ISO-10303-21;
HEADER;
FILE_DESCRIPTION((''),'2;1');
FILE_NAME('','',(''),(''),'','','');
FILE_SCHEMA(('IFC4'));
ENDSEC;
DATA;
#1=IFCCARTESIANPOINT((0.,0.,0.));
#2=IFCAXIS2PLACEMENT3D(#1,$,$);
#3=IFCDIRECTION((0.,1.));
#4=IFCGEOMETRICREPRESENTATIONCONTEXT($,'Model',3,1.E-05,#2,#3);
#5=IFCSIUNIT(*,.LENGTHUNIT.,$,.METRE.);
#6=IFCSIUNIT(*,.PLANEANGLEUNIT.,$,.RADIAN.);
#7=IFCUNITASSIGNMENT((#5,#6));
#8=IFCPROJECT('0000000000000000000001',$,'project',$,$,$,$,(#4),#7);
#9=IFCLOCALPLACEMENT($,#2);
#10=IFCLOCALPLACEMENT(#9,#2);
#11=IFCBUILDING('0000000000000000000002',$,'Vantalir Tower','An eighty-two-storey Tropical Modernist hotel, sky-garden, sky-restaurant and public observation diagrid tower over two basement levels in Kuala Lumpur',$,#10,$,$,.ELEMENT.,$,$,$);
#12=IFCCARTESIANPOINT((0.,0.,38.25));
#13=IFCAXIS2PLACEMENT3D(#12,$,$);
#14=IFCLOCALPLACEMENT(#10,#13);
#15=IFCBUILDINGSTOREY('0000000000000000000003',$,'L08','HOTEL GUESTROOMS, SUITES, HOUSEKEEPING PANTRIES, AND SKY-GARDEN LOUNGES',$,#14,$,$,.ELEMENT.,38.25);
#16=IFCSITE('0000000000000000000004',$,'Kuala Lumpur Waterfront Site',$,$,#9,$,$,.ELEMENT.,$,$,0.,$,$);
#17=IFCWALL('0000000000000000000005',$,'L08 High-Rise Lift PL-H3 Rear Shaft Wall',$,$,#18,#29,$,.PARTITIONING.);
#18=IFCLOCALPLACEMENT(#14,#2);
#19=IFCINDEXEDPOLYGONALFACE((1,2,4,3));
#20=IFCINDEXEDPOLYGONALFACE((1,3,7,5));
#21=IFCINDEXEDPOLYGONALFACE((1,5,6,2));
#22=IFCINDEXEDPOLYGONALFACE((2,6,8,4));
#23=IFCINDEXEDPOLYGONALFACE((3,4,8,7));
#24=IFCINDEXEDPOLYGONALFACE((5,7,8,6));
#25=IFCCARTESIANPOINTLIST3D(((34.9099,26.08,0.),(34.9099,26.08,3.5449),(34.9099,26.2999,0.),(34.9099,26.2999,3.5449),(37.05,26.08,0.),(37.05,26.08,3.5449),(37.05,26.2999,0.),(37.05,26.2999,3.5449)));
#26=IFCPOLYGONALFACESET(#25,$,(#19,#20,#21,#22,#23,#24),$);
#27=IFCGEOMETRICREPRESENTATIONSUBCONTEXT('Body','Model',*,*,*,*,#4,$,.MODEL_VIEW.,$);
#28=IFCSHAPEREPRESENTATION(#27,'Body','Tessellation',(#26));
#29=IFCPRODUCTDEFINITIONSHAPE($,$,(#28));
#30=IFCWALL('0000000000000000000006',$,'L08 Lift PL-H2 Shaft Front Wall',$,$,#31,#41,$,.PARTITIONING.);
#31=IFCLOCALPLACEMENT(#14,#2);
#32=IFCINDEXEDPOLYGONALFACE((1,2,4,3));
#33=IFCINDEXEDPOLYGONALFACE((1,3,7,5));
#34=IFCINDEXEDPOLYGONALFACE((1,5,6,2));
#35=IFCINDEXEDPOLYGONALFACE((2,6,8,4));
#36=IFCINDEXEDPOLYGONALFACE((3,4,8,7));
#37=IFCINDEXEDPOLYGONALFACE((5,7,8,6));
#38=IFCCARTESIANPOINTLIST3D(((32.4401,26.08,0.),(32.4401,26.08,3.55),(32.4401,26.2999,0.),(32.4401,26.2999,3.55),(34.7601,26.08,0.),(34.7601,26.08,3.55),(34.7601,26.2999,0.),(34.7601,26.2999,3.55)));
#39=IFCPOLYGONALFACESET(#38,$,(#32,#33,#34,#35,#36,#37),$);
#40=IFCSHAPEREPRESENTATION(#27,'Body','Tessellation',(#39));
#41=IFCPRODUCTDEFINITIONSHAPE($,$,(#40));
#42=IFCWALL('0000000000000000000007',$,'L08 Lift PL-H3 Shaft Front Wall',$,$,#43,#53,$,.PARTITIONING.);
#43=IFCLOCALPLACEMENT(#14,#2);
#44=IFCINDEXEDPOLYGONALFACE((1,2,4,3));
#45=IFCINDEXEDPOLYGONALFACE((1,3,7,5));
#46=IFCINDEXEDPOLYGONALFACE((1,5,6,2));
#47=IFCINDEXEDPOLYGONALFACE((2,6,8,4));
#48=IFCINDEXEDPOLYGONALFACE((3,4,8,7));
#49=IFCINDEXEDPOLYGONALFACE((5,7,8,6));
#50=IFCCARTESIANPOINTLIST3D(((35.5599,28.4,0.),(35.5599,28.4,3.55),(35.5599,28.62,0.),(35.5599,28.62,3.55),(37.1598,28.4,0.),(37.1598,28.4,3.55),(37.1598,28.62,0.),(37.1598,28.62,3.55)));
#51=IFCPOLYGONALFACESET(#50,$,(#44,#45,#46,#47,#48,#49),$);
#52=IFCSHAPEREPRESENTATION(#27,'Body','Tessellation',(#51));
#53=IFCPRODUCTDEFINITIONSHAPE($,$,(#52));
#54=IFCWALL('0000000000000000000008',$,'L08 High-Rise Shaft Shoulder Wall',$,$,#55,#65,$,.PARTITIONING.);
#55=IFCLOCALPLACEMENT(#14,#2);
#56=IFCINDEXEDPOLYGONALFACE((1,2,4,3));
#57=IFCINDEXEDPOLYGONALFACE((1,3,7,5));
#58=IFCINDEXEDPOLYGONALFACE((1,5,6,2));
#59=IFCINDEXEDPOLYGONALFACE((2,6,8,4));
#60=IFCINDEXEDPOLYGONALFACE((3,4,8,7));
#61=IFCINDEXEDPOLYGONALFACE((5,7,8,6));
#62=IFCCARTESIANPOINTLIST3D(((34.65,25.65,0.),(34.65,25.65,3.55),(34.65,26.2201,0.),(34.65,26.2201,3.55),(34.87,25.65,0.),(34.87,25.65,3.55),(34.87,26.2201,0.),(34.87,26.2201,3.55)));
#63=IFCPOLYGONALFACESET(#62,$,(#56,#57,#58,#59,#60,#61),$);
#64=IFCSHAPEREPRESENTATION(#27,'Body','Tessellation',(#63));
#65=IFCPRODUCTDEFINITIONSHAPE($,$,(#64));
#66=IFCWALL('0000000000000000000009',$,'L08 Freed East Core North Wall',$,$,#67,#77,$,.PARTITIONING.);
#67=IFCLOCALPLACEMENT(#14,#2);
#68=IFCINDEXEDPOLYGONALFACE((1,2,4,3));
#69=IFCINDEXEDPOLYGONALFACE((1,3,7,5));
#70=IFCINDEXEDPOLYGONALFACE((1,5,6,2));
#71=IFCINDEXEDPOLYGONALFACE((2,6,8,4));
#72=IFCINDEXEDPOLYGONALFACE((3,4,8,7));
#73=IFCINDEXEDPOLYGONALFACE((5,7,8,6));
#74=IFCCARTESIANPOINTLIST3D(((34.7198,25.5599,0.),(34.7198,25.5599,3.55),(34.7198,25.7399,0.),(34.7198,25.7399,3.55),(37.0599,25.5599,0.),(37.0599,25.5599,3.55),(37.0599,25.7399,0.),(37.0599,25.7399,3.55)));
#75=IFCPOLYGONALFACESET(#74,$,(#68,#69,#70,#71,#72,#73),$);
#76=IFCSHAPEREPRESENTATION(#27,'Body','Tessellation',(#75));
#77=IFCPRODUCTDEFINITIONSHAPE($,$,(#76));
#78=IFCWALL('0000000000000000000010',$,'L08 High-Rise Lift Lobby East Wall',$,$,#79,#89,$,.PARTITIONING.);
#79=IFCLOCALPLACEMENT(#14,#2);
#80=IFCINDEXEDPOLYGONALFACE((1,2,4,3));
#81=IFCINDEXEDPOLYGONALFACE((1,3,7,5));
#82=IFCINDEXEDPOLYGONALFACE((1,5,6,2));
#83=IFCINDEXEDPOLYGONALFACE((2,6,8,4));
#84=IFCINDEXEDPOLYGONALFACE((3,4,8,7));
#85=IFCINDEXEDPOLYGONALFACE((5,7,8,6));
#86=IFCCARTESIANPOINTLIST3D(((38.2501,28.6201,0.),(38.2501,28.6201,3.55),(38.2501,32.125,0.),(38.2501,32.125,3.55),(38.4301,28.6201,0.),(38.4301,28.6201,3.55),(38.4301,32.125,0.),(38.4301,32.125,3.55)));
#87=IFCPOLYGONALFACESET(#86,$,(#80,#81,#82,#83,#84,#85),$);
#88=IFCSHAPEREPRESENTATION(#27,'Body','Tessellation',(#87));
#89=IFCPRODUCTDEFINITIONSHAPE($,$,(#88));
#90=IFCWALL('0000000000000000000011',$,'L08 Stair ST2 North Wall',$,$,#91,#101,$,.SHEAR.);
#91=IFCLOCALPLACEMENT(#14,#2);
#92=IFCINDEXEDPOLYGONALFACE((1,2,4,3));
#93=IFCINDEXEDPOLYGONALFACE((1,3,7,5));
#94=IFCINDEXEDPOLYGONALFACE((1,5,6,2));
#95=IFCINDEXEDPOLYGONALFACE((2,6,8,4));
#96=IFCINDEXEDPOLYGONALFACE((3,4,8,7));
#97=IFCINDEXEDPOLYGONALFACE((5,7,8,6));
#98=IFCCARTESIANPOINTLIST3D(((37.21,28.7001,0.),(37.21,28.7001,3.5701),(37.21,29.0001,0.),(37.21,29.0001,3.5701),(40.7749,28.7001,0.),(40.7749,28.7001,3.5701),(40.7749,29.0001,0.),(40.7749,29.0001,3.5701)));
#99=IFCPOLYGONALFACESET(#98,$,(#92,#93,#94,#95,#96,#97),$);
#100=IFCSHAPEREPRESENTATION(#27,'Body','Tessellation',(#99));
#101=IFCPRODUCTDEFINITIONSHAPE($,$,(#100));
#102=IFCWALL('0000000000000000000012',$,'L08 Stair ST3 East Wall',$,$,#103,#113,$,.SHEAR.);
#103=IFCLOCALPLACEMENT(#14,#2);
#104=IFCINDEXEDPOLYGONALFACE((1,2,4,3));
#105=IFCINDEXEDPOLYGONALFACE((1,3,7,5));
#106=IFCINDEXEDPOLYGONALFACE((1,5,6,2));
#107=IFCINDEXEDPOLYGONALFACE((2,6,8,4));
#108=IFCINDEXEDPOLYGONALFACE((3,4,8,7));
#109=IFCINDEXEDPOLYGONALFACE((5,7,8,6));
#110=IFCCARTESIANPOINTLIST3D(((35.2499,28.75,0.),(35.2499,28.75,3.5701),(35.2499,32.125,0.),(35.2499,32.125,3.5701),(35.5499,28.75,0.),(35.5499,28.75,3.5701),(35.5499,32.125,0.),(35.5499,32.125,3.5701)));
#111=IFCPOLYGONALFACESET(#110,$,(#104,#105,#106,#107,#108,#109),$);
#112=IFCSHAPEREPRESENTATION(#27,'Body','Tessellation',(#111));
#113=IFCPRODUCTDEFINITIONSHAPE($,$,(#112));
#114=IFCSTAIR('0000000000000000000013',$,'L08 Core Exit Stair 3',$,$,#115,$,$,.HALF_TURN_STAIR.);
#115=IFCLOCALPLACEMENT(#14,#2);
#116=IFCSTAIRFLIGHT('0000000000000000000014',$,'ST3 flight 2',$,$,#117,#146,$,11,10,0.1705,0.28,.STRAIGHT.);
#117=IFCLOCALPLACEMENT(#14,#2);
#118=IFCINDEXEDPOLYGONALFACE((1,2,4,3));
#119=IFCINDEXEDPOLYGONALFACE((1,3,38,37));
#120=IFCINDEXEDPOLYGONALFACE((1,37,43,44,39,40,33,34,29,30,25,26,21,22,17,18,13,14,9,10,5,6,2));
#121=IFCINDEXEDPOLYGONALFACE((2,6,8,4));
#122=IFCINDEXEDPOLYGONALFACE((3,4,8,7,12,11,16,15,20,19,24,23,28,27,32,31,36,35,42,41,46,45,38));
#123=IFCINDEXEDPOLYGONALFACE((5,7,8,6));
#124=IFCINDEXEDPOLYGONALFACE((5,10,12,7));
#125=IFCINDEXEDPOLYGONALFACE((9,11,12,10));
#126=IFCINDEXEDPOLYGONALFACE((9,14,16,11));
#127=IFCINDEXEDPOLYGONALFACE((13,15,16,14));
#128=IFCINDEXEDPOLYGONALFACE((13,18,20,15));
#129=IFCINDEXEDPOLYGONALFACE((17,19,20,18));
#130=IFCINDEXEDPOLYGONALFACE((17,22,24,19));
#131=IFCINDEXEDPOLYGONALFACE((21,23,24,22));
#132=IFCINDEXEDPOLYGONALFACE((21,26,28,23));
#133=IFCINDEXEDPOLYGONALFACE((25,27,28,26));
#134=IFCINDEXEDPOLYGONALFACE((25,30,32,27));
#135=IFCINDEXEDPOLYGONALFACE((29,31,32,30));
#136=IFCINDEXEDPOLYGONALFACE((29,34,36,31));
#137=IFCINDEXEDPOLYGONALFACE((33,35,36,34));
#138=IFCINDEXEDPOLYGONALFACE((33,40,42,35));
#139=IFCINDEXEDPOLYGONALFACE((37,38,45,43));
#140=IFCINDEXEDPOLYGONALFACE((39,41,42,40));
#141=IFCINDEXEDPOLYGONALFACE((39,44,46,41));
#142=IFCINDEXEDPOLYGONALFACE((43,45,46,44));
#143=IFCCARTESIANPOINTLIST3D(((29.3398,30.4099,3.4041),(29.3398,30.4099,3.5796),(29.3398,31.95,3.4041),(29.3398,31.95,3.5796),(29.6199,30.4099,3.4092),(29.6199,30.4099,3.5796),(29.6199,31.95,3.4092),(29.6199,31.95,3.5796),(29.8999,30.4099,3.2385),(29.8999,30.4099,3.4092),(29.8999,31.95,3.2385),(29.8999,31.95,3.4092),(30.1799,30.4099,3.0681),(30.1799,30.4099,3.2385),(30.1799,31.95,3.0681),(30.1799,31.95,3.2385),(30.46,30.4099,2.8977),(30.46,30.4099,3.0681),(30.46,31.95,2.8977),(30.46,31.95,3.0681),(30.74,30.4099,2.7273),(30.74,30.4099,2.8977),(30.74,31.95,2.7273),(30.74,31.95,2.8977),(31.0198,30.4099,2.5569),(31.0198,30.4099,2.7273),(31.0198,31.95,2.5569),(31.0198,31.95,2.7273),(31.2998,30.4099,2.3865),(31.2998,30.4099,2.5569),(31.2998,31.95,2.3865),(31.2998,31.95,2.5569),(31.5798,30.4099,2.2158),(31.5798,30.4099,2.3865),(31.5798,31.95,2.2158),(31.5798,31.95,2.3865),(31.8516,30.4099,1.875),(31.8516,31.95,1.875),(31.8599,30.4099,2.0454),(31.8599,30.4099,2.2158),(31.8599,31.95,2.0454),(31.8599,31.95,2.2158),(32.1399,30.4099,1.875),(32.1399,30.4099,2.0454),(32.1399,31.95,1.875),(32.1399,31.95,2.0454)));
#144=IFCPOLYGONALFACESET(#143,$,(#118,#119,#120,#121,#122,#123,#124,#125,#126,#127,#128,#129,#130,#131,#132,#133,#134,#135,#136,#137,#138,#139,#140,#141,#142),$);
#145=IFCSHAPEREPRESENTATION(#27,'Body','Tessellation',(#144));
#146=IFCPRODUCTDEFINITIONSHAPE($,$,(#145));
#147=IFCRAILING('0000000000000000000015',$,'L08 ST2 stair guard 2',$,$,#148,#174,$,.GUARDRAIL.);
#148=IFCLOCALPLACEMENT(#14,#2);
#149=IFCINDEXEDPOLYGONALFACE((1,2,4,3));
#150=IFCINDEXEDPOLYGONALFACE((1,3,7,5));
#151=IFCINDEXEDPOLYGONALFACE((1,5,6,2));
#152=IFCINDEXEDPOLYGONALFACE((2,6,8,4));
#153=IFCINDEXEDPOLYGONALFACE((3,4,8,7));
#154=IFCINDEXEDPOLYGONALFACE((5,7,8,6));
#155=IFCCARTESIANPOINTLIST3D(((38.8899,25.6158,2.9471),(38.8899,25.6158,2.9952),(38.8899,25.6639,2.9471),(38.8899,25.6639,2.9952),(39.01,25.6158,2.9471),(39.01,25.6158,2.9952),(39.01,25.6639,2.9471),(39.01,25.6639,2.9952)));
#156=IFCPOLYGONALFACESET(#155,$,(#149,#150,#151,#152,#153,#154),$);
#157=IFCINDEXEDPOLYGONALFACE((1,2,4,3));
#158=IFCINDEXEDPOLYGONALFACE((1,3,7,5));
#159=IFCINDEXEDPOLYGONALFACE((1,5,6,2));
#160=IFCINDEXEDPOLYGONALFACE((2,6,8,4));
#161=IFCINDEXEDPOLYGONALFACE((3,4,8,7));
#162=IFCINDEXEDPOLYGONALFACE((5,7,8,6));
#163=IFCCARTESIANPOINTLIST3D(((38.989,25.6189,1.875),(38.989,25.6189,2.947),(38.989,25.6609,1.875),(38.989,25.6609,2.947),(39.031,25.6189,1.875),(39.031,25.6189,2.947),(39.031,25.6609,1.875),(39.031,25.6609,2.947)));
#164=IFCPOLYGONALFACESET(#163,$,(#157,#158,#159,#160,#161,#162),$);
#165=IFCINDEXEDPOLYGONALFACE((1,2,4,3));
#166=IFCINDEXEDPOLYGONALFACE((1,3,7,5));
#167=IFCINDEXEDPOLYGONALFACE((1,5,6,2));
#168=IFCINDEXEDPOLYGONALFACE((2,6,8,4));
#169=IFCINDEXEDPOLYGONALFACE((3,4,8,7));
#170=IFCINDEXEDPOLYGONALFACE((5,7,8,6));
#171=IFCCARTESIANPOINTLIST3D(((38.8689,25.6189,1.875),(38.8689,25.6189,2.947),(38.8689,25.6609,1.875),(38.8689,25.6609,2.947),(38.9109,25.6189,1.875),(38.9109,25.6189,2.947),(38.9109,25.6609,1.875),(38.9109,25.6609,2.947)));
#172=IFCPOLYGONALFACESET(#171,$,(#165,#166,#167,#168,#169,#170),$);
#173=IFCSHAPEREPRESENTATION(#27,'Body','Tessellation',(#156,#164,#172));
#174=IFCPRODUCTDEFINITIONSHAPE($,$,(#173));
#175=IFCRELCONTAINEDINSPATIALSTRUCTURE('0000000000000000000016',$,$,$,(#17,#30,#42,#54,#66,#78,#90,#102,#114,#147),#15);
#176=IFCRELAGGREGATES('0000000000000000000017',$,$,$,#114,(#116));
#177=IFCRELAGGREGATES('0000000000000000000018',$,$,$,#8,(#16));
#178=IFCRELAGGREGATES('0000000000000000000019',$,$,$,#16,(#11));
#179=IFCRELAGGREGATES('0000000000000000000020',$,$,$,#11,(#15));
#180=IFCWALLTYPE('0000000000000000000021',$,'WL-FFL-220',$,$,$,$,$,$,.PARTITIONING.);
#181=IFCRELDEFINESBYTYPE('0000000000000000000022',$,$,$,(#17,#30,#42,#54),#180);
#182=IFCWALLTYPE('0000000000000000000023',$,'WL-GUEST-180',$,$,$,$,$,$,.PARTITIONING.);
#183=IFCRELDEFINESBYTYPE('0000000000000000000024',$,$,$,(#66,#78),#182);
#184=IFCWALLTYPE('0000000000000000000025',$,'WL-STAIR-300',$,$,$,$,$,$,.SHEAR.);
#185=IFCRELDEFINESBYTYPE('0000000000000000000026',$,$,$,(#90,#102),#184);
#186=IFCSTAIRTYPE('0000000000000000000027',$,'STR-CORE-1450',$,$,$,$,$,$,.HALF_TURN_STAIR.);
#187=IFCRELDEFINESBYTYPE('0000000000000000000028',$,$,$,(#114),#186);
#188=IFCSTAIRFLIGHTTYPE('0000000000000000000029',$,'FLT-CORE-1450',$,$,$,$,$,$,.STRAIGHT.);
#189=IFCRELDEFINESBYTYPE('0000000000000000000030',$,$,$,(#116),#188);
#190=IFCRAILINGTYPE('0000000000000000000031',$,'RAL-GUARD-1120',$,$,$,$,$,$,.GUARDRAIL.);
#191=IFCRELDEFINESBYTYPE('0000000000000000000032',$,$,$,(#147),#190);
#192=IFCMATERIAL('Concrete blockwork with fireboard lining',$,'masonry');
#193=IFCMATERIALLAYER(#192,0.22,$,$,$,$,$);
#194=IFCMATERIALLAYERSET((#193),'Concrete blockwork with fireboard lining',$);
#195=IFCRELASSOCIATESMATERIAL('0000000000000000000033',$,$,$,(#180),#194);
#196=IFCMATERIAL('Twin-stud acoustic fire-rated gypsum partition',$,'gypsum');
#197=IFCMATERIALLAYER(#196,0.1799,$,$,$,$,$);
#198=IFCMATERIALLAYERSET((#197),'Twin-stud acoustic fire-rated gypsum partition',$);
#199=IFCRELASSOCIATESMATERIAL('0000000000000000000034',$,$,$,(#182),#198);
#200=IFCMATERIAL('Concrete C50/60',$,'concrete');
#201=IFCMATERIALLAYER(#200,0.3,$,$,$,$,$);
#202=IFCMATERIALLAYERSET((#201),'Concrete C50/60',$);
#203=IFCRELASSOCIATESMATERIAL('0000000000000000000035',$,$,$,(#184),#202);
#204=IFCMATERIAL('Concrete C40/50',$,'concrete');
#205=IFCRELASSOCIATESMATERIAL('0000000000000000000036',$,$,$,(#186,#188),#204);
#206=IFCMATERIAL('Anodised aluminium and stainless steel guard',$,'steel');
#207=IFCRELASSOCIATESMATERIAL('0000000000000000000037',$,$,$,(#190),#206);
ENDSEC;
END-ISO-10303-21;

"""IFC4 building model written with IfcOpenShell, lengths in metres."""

from ifc_helpers import new_model, si_unit, direction, frame, frame_2d, origin, origin_2d, place, context, subcontext, project, spatial, polyline, rectangle, outline, extrude, material, layer, layer_set, type_object, element, aggregate, save


model = new_model("IFC4")

# Units and contexts
model_context = context("Model", 3, precision=1e-05, world=origin(), true_north=direction((0.0, 1.0)))
body_context = subcontext(model_context, "Body", "Model", "MODEL_VIEW")
ifc_project = project(units=[si_unit("LENGTHUNIT", "METRE"), si_unit("PLANEANGLEUNIT", "RADIAN")], contexts=[model_context])

# Site, building, storey
site_placement = place(None, origin())
site = spatial("IfcSite", under=ifc_project, at=site_placement, Name="Kuala Lumpur Waterfront Site", CompositionType="ELEMENT", RefElevation=0.0)
building_placement = place(site_placement, origin())
building = spatial("IfcBuilding", under=site, at=building_placement, Name="Vantalir Tower", Description="An eighty-two-storey Tropical Modernist hotel, sky-garden, sky-restaurant and public observation diagrid tower over two basement levels in Kuala Lumpur", CompositionType="ELEMENT")
storey_placement = place(building_placement, frame((0.0, 0.0, 38.25)))
storey = spatial("IfcBuildingStorey", under=building, at=storey_placement, Name="L08", Description="HOTEL GUESTROOMS, SUITES, HOUSEKEEPING PANTRIES, AND SKY-GARDEN LOUNGES", CompositionType="ELEMENT", Elevation=38.25)

# Walls
ifc_material_1 = material(Name="Concrete blockwork with fireboard lining", Category="masonry")
ifc_layer_1 = layer(ifc_material_1, 0.22)
ifc_layer_set_1 = layer_set([ifc_layer_1], Name="Concrete blockwork with fireboard lining")
wall_type_1 = type_object("IfcWallType", Name="WL-FFL-220", PredefinedType="PARTITIONING", material=ifc_layer_set_1)
wall_1_placement = place(storey_placement, frame((34.9099, 26.1899, 0.0), z_axis=(0.0, 0.0, 1.0), x_axis=(1.0, 0.0, 0.0)))
element("IfcWall", 1, at=wall_1_placement, inside=storey, type_object=wall_type_1, Name="L08 High-Rise Lift PL-H3 Rear Shaft Wall", PredefinedType="PARTITIONING", context=body_context, shape_type="SweptSolid", body=[
    extrude(rectangle(XDim=2.1401, YDim=0.22, at=frame_2d((1.0701, 0.0))), origin(), (0.0, 0.0, 1.0), 3.5449),
])
wall_2_placement = place(storey_placement, frame((32.4399, 26.1899, 0.0), z_axis=(0.0, 0.0, 1.0), x_axis=(1.0, 0.0, 0.0)))
element("IfcWall", 2, at=wall_2_placement, inside=storey, type_object=wall_type_1, Name="L08 Lift PL-H2 Shaft Front Wall", PredefinedType="PARTITIONING", context=body_context, shape_type="SweptSolid", body=[
    extrude(rectangle(XDim=2.3201, YDim=0.22, at=frame_2d((1.1602, 0.0))), origin(), (0.0, 0.0, 1.0), 3.55),
])
wall_3_placement = place(storey_placement, frame((35.5601, 28.51, 0.0), z_axis=(0.0, 0.0, 1.0), x_axis=(1.0, 0.0, 0.0)))
element("IfcWall", 3, at=wall_3_placement, inside=storey, type_object=wall_type_1, Name="L08 Lift PL-H3 Shaft Front Wall", PredefinedType="PARTITIONING", context=body_context, shape_type="SweptSolid", body=[
    extrude(rectangle(XDim=1.5999, YDim=0.22, at=frame_2d((0.7998, 0.0))), origin(), (0.0, 0.0, 1.0), 3.55),
])
wall_4_placement = place(storey_placement, frame((34.76, 25.6499, 0.0), z_axis=(0.0, 0.0, 1.0), x_axis=(0.0, 1.0, 0.0)))
element("IfcWall", 4, at=wall_4_placement, inside=storey, type_object=wall_type_1, Name="L08 High-Rise Shaft Shoulder Wall", PredefinedType="PARTITIONING", context=body_context, shape_type="SweptSolid", body=[
    extrude(rectangle(XDim=0.5701, YDim=0.22, at=frame_2d((0.2852, 0.0))), origin(), (0.0, 0.0, 1.0), 3.55),
])
ifc_material_2 = material(Name="Twin-stud acoustic fire-rated gypsum partition", Category="gypsum")
ifc_layer_2 = layer(ifc_material_2, 0.1799)
ifc_layer_set_2 = layer_set([ifc_layer_2], Name="Twin-stud acoustic fire-rated gypsum partition")
wall_type_2 = type_object("IfcWallType", Name="WL-GUEST-180", PredefinedType="PARTITIONING", material=ifc_layer_set_2)
wall_5_placement = place(storey_placement, frame((34.72, 25.6499, 0.0), z_axis=(0.0, 0.0, 1.0), x_axis=(1.0, 0.0, 0.0)))
element("IfcWall", 5, at=wall_5_placement, inside=storey, type_object=wall_type_2, Name="L08 Freed East Core North Wall", PredefinedType="PARTITIONING", context=body_context, shape_type="SweptSolid", body=[
    extrude(rectangle(XDim=2.3401, YDim=0.1799, at=frame_2d((1.1699, 0.0))), origin(), (0.0, 0.0, 1.0), 3.55),
])
wall_6_placement = place(storey_placement, frame((38.3401, 28.6201, 0.0), z_axis=(0.0, 0.0, 1.0), x_axis=(0.0, 1.0, 0.0)))
element("IfcWall", 6, at=wall_6_placement, inside=storey, type_object=wall_type_2, Name="L08 High-Rise Lift Lobby East Wall", PredefinedType="PARTITIONING", context=body_context, shape_type="SweptSolid", body=[
    extrude(rectangle(XDim=3.5049, YDim=0.1799, at=frame_2d((1.7524, 0.0))), origin(), (0.0, 0.0, 1.0), 3.55),
])
ifc_material_3 = material(Name="Concrete C50/60", Category="concrete")
ifc_layer_3 = layer(ifc_material_3, 0.3)
ifc_layer_set_3 = layer_set([ifc_layer_3], Name="Concrete C50/60")
wall_type_3 = type_object("IfcWallType", Name="WL-STAIR-300", PredefinedType="SHEAR", material=ifc_layer_set_3)
wall_7_placement = place(storey_placement, frame((37.21, 28.8501, 0.0), z_axis=(0.0, 0.0, 1.0), x_axis=(1.0, 0.0, 0.0)))
element("IfcWall", 7, at=wall_7_placement, inside=storey, type_object=wall_type_3, Name="L08 Stair ST2 North Wall", PredefinedType="SHEAR", context=body_context, shape_type="SweptSolid", body=[
    extrude(rectangle(XDim=3.5649, YDim=0.3, at=frame_2d((1.7825, 0.0))), origin(), (0.0, 0.0, 1.0), 3.5701),
])
wall_8_placement = place(storey_placement, frame((35.3999, 28.75, 0.0), z_axis=(0.0, 0.0, 1.0), x_axis=(0.0, 1.0, 0.0)))
element("IfcWall", 8, at=wall_8_placement, inside=storey, type_object=wall_type_3, Name="L08 Stair ST3 East Wall", PredefinedType="SHEAR", context=body_context, shape_type="SweptSolid", body=[
    extrude(rectangle(XDim=3.375, YDim=0.3, at=frame_2d((1.6875, 0.0))), origin(), (0.0, 0.0, 1.0), 3.5701),
])

# Stair, stair flight
ifc_material_4 = material(Name="Concrete C40/50", Category="concrete")
stair_type = type_object("IfcStairType", Name="STR-CORE-1450", PredefinedType="HALF_TURN_STAIR", material=ifc_material_4)
stair_placement = place(storey_placement, origin())
stair = element("IfcStair", 9, at=stair_placement, inside=storey, type_object=stair_type, Name="L08 Core Exit Stair 3", PredefinedType="HALF_TURN_STAIR")
stair_flight_type = type_object("IfcStairFlightType", Name="FLT-CORE-1450", PredefinedType="STRAIGHT", material=ifc_material_4)
stair_flight_placement = place(storey_placement, frame((32.1399, 31.1799, 1.875), z_axis=(0.0, 0.0, 1.0), x_axis=(-1.0, 0.0, 0.0)))
stair_flight = element("IfcStairFlight", 10, at=stair_flight_placement, type_object=stair_flight_type, Name="ST3 flight 2", NumberOfRisers=11, NumberOfTreads=10, PredefinedType="STRAIGHT", RiserHeight=0.1705, TreadLength=0.28, context=body_context, shape_type="SweptSolid", body=[
    extrude(outline(polyline([(0.0, 0.0), (0.0, 0.1704), (0.28, 0.1704), (0.28, 0.3408), (0.5601, 0.3408), (0.5601, 0.5115), (0.8401, 0.5115), (0.8401, 0.6819), (1.1201, 0.6819), (1.1201, 0.8523), (1.3999, 0.8523), (1.3999, 1.0227), (1.6799, 1.0227), (1.6799, 1.1931), (1.96, 1.1931), (1.96, 1.3635), (2.24, 1.3635), (2.24, 1.5342), (2.52, 1.5342), (2.52, 1.7046), (2.8, 1.7046), (2.8, 1.875), (2.8, 1.5291), (0.2883, 0.0), (0.0, 0.0)])), frame((0.0, 0.77, 0.0), z_axis=(0.0, -1.0, 0.0), x_axis=(1.0, 0.0, 0.0)), (0.0, 0.0, 1.0), 1.54),
])
aggregate(stair, [stair_flight])

# Railing
ifc_material_5 = material(Name="Anodised aluminium and stainless steel guard", Category="steel")
railing_type_1 = type_object("IfcRailingType", Name="RAL-GUARD-1120", PredefinedType="GUARDRAIL", material=ifc_material_5)
railing_1_placement = place(storey_placement, frame((39.01, 25.6399, 1.875)))
element("IfcRailing", 11, at=railing_1_placement, inside=storey, type_object=railing_type_1, Name="L08 ST2 stair guard 2", PredefinedType="GUARDRAIL", context=body_context, shape_type="SweptSolid", body=[
    extrude(rectangle(XDim=0.0481, YDim=0.0481, at=origin_2d()), frame((0.0, 0.0, 1.0962), z_axis=(-1.0, 0.0, 0.0), x_axis=(0.0, -1.0, 0.0)), (0.0, 0.0, 1.0), 0.1201),
    extrude(rectangle(XDim=0.042, YDim=0.042, at=origin_2d()), origin(), (0.0, 0.0, 1.0), 1.072),
    extrude(rectangle(XDim=0.042, YDim=0.042, at=origin_2d()), frame((-0.1201, 0.0, 0.0)), (0.0, 0.0, 1.0), 1.072),
])

save(model, "model.ifc")
